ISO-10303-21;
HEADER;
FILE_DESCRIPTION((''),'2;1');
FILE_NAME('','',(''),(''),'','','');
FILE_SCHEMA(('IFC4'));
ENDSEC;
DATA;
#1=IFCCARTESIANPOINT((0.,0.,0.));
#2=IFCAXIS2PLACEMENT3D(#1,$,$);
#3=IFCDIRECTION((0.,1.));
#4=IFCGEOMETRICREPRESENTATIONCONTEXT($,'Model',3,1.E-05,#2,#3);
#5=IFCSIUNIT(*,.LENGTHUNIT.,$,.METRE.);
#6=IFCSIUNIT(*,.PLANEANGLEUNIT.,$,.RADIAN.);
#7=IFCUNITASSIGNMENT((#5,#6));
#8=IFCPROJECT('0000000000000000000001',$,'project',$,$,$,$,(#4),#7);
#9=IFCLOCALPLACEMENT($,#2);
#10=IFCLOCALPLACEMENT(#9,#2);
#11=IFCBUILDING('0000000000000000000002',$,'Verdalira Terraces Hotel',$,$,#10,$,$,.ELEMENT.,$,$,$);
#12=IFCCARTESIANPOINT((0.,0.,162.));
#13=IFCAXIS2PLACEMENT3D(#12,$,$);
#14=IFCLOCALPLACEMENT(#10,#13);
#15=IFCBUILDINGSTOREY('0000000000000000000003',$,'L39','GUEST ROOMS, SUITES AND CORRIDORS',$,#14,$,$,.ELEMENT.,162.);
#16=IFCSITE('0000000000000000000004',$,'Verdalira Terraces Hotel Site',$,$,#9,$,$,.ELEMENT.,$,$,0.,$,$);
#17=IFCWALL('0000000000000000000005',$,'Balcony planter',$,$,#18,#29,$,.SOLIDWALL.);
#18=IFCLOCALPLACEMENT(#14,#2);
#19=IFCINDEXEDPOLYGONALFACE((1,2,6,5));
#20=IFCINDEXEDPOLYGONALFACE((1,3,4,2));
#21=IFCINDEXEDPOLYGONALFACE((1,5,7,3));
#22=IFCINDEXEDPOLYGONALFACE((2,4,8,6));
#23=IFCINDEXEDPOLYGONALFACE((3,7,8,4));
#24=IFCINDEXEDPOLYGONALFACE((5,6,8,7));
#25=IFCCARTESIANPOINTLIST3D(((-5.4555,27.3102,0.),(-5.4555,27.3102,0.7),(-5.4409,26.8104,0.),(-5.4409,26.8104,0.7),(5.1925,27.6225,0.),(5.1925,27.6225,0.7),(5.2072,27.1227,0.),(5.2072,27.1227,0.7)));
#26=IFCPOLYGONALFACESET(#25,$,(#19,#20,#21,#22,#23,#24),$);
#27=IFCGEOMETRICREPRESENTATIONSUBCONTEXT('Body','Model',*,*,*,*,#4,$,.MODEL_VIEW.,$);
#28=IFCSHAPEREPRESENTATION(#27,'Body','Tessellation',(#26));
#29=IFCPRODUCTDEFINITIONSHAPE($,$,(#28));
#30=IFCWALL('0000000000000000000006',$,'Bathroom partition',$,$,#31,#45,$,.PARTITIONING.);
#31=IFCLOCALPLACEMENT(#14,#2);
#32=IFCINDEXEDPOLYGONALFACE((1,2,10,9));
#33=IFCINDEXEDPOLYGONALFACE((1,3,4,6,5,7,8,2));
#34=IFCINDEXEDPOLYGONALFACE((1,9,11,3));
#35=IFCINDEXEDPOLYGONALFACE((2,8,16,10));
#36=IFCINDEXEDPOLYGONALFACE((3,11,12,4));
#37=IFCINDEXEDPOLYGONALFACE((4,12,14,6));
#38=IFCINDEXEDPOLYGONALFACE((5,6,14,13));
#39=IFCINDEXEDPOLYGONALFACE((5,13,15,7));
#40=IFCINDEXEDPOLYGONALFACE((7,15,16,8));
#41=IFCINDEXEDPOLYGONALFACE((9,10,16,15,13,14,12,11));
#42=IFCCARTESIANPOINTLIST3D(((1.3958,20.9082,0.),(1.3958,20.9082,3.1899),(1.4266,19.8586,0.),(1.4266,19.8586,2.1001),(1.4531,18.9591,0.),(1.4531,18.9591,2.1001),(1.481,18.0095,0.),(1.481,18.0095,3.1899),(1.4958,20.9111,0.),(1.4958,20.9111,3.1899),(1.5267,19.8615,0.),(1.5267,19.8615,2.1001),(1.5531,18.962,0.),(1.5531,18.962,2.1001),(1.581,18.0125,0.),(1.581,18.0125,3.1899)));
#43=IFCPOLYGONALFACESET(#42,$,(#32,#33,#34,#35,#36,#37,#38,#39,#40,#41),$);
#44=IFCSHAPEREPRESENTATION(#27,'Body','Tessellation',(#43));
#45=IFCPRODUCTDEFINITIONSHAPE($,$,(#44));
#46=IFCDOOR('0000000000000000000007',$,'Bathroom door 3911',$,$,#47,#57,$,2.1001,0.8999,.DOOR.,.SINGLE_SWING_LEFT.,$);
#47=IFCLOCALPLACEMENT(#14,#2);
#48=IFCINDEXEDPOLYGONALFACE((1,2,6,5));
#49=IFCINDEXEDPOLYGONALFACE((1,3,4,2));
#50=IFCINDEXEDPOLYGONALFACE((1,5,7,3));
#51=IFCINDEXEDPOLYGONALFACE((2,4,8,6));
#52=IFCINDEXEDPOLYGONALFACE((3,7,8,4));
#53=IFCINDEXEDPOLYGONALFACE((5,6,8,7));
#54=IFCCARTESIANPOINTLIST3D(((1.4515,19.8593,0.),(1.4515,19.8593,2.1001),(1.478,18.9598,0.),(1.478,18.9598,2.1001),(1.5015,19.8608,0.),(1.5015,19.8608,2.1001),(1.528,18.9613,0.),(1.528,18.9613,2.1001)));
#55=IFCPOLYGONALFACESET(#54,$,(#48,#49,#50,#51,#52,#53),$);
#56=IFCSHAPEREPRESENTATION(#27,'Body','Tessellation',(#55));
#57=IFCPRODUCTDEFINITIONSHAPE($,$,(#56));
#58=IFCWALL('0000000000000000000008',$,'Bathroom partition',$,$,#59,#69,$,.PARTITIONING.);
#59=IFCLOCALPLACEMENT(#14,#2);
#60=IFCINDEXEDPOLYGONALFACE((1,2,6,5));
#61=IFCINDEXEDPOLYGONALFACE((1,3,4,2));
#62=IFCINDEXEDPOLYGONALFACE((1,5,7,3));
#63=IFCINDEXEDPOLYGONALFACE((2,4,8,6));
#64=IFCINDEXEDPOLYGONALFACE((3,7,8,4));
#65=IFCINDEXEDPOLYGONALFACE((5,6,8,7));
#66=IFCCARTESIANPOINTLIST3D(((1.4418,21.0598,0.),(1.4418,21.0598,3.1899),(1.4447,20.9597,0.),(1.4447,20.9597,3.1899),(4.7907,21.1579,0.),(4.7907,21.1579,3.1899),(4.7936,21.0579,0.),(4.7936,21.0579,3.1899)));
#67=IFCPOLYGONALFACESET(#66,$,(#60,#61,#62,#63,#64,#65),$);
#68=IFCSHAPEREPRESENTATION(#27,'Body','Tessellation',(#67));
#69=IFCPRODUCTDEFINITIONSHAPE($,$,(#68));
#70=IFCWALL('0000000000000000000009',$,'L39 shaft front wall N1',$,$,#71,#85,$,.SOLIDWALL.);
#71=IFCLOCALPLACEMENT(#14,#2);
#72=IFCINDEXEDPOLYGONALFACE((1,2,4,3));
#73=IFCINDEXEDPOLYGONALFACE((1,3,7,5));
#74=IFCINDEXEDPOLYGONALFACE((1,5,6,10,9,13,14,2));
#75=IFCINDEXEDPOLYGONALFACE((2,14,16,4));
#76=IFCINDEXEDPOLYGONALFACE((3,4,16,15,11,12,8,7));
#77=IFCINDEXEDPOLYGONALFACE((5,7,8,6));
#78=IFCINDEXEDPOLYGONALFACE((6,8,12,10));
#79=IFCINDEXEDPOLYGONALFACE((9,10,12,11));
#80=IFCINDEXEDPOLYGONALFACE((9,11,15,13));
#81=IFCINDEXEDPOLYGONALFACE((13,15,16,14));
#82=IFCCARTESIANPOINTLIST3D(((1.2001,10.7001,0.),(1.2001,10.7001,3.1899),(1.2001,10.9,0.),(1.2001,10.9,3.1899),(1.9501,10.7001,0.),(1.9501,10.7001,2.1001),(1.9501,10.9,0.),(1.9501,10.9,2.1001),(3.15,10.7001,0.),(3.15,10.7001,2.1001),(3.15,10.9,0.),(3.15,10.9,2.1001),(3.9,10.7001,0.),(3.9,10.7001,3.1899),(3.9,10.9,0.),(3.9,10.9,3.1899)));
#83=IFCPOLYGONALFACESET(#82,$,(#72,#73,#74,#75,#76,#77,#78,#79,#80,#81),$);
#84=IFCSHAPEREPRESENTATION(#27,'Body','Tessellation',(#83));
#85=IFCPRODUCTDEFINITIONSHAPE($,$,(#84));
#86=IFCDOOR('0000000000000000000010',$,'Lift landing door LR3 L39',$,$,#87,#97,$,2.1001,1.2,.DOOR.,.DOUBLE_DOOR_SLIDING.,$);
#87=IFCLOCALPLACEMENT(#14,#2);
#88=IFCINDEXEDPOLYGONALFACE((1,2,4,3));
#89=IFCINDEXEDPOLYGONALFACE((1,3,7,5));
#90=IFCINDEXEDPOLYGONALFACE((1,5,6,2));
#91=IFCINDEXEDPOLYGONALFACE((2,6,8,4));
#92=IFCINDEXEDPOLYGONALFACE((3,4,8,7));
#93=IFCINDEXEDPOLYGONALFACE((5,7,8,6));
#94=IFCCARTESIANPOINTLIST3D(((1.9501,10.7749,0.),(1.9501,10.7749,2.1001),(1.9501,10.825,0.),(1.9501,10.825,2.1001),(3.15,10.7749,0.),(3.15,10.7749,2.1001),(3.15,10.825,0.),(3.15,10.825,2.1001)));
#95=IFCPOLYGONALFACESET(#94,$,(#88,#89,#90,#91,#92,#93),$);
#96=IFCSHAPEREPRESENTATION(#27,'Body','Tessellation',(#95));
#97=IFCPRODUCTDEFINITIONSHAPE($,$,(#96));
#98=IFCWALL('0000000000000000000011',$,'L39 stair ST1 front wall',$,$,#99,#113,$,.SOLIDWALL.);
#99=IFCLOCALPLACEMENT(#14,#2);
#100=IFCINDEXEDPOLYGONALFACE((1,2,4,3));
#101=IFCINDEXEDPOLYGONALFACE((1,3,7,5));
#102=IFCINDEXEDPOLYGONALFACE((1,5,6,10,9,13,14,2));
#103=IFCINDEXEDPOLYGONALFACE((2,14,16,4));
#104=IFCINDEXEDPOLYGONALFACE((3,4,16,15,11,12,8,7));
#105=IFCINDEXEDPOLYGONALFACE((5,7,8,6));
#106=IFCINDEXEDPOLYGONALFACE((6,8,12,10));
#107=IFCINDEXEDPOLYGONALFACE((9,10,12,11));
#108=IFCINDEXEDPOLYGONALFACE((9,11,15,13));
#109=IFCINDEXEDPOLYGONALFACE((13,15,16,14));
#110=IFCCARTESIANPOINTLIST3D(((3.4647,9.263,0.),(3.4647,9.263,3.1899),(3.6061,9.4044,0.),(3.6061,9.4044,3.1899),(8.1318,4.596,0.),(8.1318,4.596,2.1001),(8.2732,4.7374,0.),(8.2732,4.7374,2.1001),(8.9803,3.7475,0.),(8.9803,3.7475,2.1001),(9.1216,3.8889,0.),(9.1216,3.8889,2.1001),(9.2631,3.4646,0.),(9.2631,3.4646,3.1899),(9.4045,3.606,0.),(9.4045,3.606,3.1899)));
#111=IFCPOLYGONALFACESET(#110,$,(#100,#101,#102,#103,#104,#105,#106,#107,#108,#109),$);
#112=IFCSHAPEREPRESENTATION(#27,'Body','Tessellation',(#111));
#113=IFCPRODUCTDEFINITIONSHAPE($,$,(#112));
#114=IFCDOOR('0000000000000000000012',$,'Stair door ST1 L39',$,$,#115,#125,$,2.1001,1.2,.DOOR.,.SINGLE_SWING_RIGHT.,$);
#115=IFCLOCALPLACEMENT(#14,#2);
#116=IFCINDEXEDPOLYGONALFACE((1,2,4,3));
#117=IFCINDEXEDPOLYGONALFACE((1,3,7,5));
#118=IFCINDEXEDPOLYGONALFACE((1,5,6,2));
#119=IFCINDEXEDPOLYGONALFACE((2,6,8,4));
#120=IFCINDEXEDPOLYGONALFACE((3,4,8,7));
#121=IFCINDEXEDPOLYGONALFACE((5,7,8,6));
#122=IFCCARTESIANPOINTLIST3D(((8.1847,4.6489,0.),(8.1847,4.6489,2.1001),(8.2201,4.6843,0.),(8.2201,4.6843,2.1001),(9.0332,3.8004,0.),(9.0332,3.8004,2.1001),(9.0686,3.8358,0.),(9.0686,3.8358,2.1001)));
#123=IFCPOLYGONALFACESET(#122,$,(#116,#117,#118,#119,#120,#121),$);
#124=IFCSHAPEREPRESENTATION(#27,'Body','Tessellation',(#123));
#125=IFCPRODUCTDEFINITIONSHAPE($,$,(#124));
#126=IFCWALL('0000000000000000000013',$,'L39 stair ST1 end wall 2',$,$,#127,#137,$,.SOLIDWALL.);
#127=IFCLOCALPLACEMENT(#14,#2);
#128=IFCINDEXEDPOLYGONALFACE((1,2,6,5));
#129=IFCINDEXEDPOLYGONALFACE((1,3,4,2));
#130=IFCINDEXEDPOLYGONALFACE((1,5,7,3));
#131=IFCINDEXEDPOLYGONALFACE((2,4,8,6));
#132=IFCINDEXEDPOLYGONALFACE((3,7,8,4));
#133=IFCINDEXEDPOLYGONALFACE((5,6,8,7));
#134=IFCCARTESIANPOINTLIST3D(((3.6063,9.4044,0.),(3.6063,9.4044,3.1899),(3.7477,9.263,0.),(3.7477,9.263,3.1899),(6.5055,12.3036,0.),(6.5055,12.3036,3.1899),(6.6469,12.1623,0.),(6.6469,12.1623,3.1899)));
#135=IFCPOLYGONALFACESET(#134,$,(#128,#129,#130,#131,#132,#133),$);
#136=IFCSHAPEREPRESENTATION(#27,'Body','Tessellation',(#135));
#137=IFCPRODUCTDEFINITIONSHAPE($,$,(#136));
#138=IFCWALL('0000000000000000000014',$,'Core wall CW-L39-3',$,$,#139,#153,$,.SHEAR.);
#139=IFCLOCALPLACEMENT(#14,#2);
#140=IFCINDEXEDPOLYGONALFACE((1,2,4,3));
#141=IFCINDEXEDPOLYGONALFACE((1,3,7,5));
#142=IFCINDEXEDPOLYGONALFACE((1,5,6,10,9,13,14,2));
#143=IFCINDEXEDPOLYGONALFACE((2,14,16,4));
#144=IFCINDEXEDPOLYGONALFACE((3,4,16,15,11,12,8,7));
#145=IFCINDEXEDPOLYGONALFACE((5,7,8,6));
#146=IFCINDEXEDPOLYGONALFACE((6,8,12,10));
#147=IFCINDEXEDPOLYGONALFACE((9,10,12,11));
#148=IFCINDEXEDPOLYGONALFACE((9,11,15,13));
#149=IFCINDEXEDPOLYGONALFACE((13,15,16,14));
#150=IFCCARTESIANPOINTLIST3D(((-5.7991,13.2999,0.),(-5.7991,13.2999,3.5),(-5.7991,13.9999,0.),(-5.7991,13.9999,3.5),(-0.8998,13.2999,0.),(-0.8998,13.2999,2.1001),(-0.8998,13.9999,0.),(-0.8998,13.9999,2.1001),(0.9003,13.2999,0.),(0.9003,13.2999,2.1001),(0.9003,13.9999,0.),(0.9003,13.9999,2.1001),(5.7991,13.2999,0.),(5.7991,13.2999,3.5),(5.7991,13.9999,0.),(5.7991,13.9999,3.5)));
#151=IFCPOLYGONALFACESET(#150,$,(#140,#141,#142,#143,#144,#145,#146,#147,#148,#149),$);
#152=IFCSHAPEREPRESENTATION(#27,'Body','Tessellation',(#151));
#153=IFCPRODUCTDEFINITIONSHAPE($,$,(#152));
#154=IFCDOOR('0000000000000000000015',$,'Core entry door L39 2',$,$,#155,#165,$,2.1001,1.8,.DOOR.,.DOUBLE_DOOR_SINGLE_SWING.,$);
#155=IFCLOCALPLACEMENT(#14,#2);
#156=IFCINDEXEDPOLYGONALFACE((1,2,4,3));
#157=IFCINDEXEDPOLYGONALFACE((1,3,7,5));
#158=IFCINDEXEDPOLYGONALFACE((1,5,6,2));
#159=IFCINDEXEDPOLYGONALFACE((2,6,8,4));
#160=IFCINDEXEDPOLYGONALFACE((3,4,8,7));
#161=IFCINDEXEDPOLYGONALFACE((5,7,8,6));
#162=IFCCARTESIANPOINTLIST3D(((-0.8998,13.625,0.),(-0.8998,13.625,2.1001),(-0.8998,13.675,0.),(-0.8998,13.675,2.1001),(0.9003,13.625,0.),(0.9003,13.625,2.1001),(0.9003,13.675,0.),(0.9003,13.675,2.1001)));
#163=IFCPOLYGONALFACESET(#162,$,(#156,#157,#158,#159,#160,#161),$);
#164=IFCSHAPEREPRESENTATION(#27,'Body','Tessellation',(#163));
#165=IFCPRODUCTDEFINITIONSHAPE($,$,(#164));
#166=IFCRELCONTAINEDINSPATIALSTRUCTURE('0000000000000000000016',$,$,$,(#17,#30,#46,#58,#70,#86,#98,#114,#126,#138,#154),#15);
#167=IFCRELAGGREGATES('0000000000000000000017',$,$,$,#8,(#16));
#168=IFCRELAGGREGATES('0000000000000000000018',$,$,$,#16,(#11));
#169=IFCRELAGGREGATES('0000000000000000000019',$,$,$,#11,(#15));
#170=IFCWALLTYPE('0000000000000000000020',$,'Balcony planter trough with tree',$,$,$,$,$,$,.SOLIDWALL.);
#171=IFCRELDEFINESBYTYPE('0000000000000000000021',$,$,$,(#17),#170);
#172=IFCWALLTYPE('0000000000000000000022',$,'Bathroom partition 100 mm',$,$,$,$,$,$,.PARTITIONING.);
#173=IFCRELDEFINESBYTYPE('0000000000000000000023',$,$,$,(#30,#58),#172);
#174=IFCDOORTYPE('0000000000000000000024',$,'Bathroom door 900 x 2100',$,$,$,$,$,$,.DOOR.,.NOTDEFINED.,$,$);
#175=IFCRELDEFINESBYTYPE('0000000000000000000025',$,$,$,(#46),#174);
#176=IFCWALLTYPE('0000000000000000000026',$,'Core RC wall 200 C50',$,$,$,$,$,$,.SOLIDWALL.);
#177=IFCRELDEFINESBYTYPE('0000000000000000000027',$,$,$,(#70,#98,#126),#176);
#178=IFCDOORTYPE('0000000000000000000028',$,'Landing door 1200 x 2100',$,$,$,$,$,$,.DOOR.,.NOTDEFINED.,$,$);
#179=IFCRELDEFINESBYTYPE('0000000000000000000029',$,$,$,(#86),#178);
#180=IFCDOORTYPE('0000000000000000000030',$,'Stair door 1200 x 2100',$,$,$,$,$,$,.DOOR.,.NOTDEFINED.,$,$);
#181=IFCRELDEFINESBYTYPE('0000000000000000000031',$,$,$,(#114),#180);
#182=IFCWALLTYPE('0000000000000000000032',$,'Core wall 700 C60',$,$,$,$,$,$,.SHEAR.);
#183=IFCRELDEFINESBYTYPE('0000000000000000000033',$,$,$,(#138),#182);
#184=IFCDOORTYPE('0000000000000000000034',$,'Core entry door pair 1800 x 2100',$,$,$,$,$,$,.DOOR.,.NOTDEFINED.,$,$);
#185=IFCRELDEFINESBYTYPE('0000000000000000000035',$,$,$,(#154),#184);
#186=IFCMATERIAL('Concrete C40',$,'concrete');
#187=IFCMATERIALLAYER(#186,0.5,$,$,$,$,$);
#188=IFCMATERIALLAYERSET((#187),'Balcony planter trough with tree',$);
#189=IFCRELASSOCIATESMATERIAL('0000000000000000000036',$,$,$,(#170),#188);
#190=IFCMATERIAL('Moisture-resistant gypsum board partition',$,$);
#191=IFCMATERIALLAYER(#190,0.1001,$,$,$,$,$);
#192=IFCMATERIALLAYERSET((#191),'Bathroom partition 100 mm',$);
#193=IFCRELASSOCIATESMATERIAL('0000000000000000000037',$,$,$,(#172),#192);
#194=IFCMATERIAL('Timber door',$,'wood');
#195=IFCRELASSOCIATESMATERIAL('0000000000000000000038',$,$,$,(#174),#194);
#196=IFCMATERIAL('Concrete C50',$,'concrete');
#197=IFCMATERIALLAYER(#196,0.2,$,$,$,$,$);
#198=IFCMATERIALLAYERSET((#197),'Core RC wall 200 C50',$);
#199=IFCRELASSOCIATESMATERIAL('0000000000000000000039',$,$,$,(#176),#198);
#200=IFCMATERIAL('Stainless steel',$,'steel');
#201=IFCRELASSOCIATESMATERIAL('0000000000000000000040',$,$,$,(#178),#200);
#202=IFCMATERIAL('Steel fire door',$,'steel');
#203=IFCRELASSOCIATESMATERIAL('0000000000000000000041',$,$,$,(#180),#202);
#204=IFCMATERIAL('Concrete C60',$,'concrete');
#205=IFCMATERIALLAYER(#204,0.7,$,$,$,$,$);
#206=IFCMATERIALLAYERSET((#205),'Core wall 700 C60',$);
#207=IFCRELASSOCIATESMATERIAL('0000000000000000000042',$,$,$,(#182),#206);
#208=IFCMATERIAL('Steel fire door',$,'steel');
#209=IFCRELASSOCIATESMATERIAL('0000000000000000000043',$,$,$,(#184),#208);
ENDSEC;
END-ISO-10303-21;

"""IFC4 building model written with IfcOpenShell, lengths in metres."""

from ifc_helpers import new_model, si_unit, direction, frame, frame_2d, origin, place, context, subcontext, project, spatial, rectangle, extrude, material, layer, layer_set, type_object, element, fill, save


model = new_model("IFC4")

# Units and contexts
model_context = context("Model", 3, precision=1e-05, world=origin(), true_north=direction((0.0, 1.0)))
body_context = subcontext(model_context, "Body", "Model", "MODEL_VIEW")
ifc_project = project(units=[si_unit("LENGTHUNIT", "METRE"), si_unit("PLANEANGLEUNIT", "RADIAN")], contexts=[model_context])

# Site, building, storey
site_placement = place(None, origin())
site = spatial("IfcSite", under=ifc_project, at=site_placement, Name="Verdalira Terraces Hotel Site", CompositionType="ELEMENT", RefElevation=0.0)
building_placement = place(site_placement, origin())
building = spatial("IfcBuilding", under=site, at=building_placement, Name="Verdalira Terraces Hotel", CompositionType="ELEMENT")
storey_placement = place(building_placement, frame((0.0, 0.0, 162.0)))
storey = spatial("IfcBuildingStorey", under=building, at=storey_placement, Name="L39", Description="GUEST ROOMS, SUITES AND CORRIDORS", CompositionType="ELEMENT", Elevation=162.0)

# Wall
ifc_material_1 = material(Name="Concrete C40", Category="concrete")
ifc_layer_1 = layer(ifc_material_1, 0.5)
ifc_layer_set_1 = layer_set([ifc_layer_1], Name="Balcony planter trough with tree")
wall_type_1 = type_object("IfcWallType", Name="Balcony planter trough with tree", PredefinedType="SOLIDWALL", material=ifc_layer_set_1)
wall_1_placement = place(storey_placement, frame((5.1997, 27.3726, 0.0), z_axis=(0.0, 0.0, 1.0), x_axis=(-0.99957, -0.029313, 0.0)))
element("IfcWall", 1, at=wall_1_placement, inside=storey, type_object=wall_type_1, Name="Balcony planter", PredefinedType="SOLIDWALL", context=body_context, shape_type="SweptSolid", body=[
    extrude(rectangle(XDim=10.6526, YDim=0.5, at=frame_2d((5.3262, 0.0))), origin(), (0.0, 0.0, 1.0), 0.7),
])

# Wall, opening, door
ifc_material_2 = material(Name="Moisture-resistant gypsum board partition")
ifc_layer_2 = layer(ifc_material_2, 0.1001)
ifc_layer_set_2 = layer_set([ifc_layer_2], Name="Bathroom partition 100 mm")
wall_type_2 = type_object("IfcWallType", Name="Bathroom partition 100 mm", PredefinedType="PARTITIONING", material=ifc_layer_set_2)
wall_2_placement = place(storey_placement, frame((1.4458, 20.9097, 0.0), z_axis=(0.0, 0.0, 1.0), x_axis=(0.029382, -0.999568, 0.0)))
wall_2 = element("IfcWall", 2, at=wall_2_placement, inside=storey, type_object=wall_type_2, Name="Bathroom partition", PredefinedType="PARTITIONING", context=body_context, shape_type="SweptSolid", body=[
    extrude(rectangle(XDim=2.8999, YDim=0.1001, at=frame_2d((1.45, 0.0))), origin(), (0.0, 0.0, 1.0), 3.1899),
])
opening_1_placement = place(wall_2_placement, frame((1.05, 0.0, 0.0)))
opening_1 = element("IfcOpeningElement", 3, at=opening_1_placement, cuts=wall_2, PredefinedType="OPENING", context=body_context, shape_type="SweptSolid", body=[
    extrude(rectangle(XDim=0.8999, YDim=2.1001, at=frame_2d((0.45, 1.05))), frame((0.0, 0.0601, 0.0), z_axis=(0.0, -1.0, 0.0), x_axis=(1.0, 0.0, 0.0)), (0.0, 0.0, 1.0), 0.1201),
])
ifc_material_3 = material(Name="Timber door", Category="wood")
door_type_1 = type_object("IfcDoorType", Name="Bathroom door 900 x 2100", OperationType="NOTDEFINED", PredefinedType="DOOR", material=ifc_material_3)
door_1_placement = place(opening_1_placement, origin())
door_1 = element("IfcDoor", 4, at=door_1_placement, inside=storey, type_object=door_type_1, Name="Bathroom door 3911", OperationType="SINGLE_SWING_LEFT", OverallHeight=2.1001, OverallWidth=0.8999, PredefinedType="DOOR", context=body_context, shape_type="SweptSolid", body=[
    extrude(rectangle(XDim=0.8999, YDim=2.1001, at=frame_2d((0.45, 1.05))), frame((0.0, 0.0249, 0.0), z_axis=(0.0, -1.0, 0.0), x_axis=(1.0, 0.0, 0.0)), (0.0, 0.0, 1.0), 0.05),
])
fill(opening_1, door_1)

# Wall
wall_3_placement = place(storey_placement, frame((1.4431, 21.0098, 0.0), z_axis=(0.0, 0.0, 1.0), x_axis=(0.999571, 0.029294, 0.0)))
element("IfcWall", 5, at=wall_3_placement, inside=storey, type_object=wall_type_2, Name="Bathroom partition", PredefinedType="PARTITIONING", context=body_context, shape_type="SweptSolid", body=[
    extrude(rectangle(XDim=3.3503, YDim=0.1001, at=frame_2d((1.6753, 0.0))), origin(), (0.0, 0.0, 1.0), 3.1899),
])

# Walls, openings, doors
ifc_material_4 = material(Name="Concrete C50", Category="concrete")
ifc_layer_3 = layer(ifc_material_4, 0.2)
ifc_layer_set_3 = layer_set([ifc_layer_3], Name="Core RC wall 200 C50")
wall_type_3 = type_object("IfcWallType", Name="Core RC wall 200 C50", PredefinedType="SOLIDWALL", material=ifc_layer_set_3)
wall_4_placement = place(storey_placement, frame((1.2, 10.8, 0.0), z_axis=(0.0, 0.0, 1.0), x_axis=(1.0, 0.0, 0.0)))
wall_4 = element("IfcWall", 6, at=wall_4_placement, inside=storey, type_object=wall_type_3, Name="L39 shaft front wall N1", PredefinedType="SOLIDWALL", context=body_context, shape_type="SweptSolid", body=[
    extrude(rectangle(XDim=2.7, YDim=0.2, at=frame_2d((1.3501, 0.0))), origin(), (0.0, 0.0, 1.0), 3.1899),
])
opening_2_placement = place(wall_4_placement, frame((0.75, 0.0, 0.0)))
opening_2 = element("IfcOpeningElement", 7, at=opening_2_placement, cuts=wall_4, PredefinedType="OPENING", context=body_context, shape_type="SweptSolid", body=[
    extrude(rectangle(XDim=1.2, YDim=2.1001, at=frame_2d((0.6001, 1.05))), frame((0.0, 0.1099, 0.0), z_axis=(0.0, -1.0, 0.0), x_axis=(1.0, 0.0, 0.0)), (0.0, 0.0, 1.0), 0.22),
])
ifc_material_5 = material(Name="Stainless steel", Category="steel")
door_type_2 = type_object("IfcDoorType", Name="Landing door 1200 x 2100", OperationType="NOTDEFINED", PredefinedType="DOOR", material=ifc_material_5)
door_2_placement = place(opening_2_placement, origin())
door_2 = element("IfcDoor", 8, at=door_2_placement, inside=storey, type_object=door_type_2, Name="Lift landing door LR3 L39", OperationType="DOUBLE_DOOR_SLIDING", OverallHeight=2.1001, OverallWidth=1.2, PredefinedType="DOOR", context=body_context, shape_type="SweptSolid", body=[
    extrude(rectangle(XDim=1.2, YDim=2.1001, at=frame_2d((0.6001, 1.05))), frame((0.0, 0.0249, 0.0), z_axis=(0.0, -1.0, 0.0), x_axis=(1.0, 0.0, 0.0)), (0.0, 0.0, 1.0), 0.05),
])
fill(opening_2, door_2)
wall_5_placement = place(storey_placement, frame((3.5354, 9.3337, 0.0), z_axis=(0.0, 0.0, 1.0), x_axis=(0.707107, -0.707107, 0.0)))
wall_5 = element("IfcWall", 9, at=wall_5_placement, inside=storey, type_object=wall_type_3, Name="L39 stair ST1 front wall", PredefinedType="SOLIDWALL", context=body_context, shape_type="SweptSolid", body=[
    extrude(rectangle(XDim=8.2002, YDim=0.2, at=frame_2d((4.1001, 0.0))), origin(), (0.0, 0.0, 1.0), 3.1899),
])
opening_3_placement = place(wall_5_placement, frame((6.6001, 0.0, 0.0)))
opening_3 = element("IfcOpeningElement", 10, at=opening_3_placement, cuts=wall_5, PredefinedType="OPENING", context=body_context, shape_type="SweptSolid", body=[
    extrude(rectangle(XDim=1.2, YDim=2.1001, at=frame_2d((0.6001, 1.05))), frame((0.0, 0.1099, 0.0), z_axis=(0.0, -1.0, 0.0), x_axis=(1.0, 0.0, 0.0)), (0.0, 0.0, 1.0), 0.22),
])
ifc_material_6 = material(Name="Steel fire door", Category="steel")
door_type_3 = type_object("IfcDoorType", Name="Stair door 1200 x 2100", OperationType="NOTDEFINED", PredefinedType="DOOR", material=ifc_material_6)
door_3_placement = place(opening_3_placement, origin())
door_3 = element("IfcDoor", 11, at=door_3_placement, inside=storey, type_object=door_type_3, Name="Stair door ST1 L39", OperationType="SINGLE_SWING_RIGHT", OverallHeight=2.1001, OverallWidth=1.2, PredefinedType="DOOR", context=body_context, shape_type="SweptSolid", body=[
    extrude(rectangle(XDim=1.2, YDim=2.1001, at=frame_2d((0.6001, 1.05))), frame((0.0, 0.0249, 0.0), z_axis=(0.0, -1.0, 0.0), x_axis=(1.0, 0.0, 0.0)), (0.0, 0.0, 1.0), 0.05),
])
fill(opening_3, door_3)

# Wall
wall_6_placement = place(storey_placement, frame((3.677, 9.3337, 0.0), z_axis=(0.0, 0.0, 1.0), x_axis=(0.707107, 0.707107, 0.0)))
element("IfcWall", 12, at=wall_6_placement, inside=storey, type_object=wall_type_3, Name="L39 stair ST1 end wall 2", PredefinedType="SOLIDWALL", context=body_context, shape_type="SweptSolid", body=[
    extrude(rectangle(XDim=4.1001, YDim=0.2, at=frame_2d((2.05, 0.0))), origin(), (0.0, 0.0, 1.0), 3.1899),
])

# Wall, opening, door
ifc_material_7 = material(Name="Concrete C60", Category="concrete")
ifc_layer_4 = layer(ifc_material_7, 0.7)
ifc_layer_set_4 = layer_set([ifc_layer_4], Name="Core wall 700 C60")
wall_type_4 = type_object("IfcWallType", Name="Core wall 700 C60", PredefinedType="SHEAR", material=ifc_layer_set_4)
wall_7_placement = place(storey_placement, frame((5.7991, 13.6499, 0.0), z_axis=(0.0, 0.0, 1.0), x_axis=(-1.0, 0.0, 0.0)))
wall_7 = element("IfcWall", 13, at=wall_7_placement, inside=storey, type_object=wall_type_4, Name="Core wall CW-L39-3", PredefinedType="SHEAR", context=body_context, shape_type="SweptSolid", body=[
    extrude(rectangle(XDim=11.5981, YDim=0.7, at=frame_2d((5.7991, 0.0))), origin(), (0.0, 0.0, 1.0), 3.5),
])
opening_4_placement = place(wall_7_placement, frame((4.8989, 0.0, 0.0)))
opening_4 = element("IfcOpeningElement", 14, at=opening_4_placement, cuts=wall_7, PredefinedType="OPENING", context=body_context, shape_type="SweptSolid", body=[
    extrude(rectangle(XDim=1.8, YDim=2.1001, at=frame_2d((0.8999, 1.05))), frame((0.0, 0.3599, 0.0), z_axis=(0.0, -1.0, 0.0), x_axis=(1.0, 0.0, 0.0)), (0.0, 0.0, 1.0), 0.72),
])
ifc_material_8 = material(Name="Steel fire door", Category="steel")
door_type_4 = type_object("IfcDoorType", Name="Core entry door pair 1800 x 2100", OperationType="NOTDEFINED", PredefinedType="DOOR", material=ifc_material_8)
door_4_placement = place(opening_4_placement, origin())
door_4 = element("IfcDoor", 15, at=door_4_placement, inside=storey, type_object=door_type_4, Name="Core entry door L39 2", OperationType="DOUBLE_DOOR_SINGLE_SWING", OverallHeight=2.1001, OverallWidth=1.8, PredefinedType="DOOR", context=body_context, shape_type="SweptSolid", body=[
    extrude(rectangle(XDim=1.8, YDim=2.1001, at=frame_2d((0.8999, 1.05))), frame((0.0, 0.0249, 0.0), z_axis=(0.0, -1.0, 0.0), x_axis=(1.0, 0.0, 0.0)), (0.0, 0.0, 1.0), 0.05),
])
fill(opening_4, door_4)

save(model, "model.ifc")
